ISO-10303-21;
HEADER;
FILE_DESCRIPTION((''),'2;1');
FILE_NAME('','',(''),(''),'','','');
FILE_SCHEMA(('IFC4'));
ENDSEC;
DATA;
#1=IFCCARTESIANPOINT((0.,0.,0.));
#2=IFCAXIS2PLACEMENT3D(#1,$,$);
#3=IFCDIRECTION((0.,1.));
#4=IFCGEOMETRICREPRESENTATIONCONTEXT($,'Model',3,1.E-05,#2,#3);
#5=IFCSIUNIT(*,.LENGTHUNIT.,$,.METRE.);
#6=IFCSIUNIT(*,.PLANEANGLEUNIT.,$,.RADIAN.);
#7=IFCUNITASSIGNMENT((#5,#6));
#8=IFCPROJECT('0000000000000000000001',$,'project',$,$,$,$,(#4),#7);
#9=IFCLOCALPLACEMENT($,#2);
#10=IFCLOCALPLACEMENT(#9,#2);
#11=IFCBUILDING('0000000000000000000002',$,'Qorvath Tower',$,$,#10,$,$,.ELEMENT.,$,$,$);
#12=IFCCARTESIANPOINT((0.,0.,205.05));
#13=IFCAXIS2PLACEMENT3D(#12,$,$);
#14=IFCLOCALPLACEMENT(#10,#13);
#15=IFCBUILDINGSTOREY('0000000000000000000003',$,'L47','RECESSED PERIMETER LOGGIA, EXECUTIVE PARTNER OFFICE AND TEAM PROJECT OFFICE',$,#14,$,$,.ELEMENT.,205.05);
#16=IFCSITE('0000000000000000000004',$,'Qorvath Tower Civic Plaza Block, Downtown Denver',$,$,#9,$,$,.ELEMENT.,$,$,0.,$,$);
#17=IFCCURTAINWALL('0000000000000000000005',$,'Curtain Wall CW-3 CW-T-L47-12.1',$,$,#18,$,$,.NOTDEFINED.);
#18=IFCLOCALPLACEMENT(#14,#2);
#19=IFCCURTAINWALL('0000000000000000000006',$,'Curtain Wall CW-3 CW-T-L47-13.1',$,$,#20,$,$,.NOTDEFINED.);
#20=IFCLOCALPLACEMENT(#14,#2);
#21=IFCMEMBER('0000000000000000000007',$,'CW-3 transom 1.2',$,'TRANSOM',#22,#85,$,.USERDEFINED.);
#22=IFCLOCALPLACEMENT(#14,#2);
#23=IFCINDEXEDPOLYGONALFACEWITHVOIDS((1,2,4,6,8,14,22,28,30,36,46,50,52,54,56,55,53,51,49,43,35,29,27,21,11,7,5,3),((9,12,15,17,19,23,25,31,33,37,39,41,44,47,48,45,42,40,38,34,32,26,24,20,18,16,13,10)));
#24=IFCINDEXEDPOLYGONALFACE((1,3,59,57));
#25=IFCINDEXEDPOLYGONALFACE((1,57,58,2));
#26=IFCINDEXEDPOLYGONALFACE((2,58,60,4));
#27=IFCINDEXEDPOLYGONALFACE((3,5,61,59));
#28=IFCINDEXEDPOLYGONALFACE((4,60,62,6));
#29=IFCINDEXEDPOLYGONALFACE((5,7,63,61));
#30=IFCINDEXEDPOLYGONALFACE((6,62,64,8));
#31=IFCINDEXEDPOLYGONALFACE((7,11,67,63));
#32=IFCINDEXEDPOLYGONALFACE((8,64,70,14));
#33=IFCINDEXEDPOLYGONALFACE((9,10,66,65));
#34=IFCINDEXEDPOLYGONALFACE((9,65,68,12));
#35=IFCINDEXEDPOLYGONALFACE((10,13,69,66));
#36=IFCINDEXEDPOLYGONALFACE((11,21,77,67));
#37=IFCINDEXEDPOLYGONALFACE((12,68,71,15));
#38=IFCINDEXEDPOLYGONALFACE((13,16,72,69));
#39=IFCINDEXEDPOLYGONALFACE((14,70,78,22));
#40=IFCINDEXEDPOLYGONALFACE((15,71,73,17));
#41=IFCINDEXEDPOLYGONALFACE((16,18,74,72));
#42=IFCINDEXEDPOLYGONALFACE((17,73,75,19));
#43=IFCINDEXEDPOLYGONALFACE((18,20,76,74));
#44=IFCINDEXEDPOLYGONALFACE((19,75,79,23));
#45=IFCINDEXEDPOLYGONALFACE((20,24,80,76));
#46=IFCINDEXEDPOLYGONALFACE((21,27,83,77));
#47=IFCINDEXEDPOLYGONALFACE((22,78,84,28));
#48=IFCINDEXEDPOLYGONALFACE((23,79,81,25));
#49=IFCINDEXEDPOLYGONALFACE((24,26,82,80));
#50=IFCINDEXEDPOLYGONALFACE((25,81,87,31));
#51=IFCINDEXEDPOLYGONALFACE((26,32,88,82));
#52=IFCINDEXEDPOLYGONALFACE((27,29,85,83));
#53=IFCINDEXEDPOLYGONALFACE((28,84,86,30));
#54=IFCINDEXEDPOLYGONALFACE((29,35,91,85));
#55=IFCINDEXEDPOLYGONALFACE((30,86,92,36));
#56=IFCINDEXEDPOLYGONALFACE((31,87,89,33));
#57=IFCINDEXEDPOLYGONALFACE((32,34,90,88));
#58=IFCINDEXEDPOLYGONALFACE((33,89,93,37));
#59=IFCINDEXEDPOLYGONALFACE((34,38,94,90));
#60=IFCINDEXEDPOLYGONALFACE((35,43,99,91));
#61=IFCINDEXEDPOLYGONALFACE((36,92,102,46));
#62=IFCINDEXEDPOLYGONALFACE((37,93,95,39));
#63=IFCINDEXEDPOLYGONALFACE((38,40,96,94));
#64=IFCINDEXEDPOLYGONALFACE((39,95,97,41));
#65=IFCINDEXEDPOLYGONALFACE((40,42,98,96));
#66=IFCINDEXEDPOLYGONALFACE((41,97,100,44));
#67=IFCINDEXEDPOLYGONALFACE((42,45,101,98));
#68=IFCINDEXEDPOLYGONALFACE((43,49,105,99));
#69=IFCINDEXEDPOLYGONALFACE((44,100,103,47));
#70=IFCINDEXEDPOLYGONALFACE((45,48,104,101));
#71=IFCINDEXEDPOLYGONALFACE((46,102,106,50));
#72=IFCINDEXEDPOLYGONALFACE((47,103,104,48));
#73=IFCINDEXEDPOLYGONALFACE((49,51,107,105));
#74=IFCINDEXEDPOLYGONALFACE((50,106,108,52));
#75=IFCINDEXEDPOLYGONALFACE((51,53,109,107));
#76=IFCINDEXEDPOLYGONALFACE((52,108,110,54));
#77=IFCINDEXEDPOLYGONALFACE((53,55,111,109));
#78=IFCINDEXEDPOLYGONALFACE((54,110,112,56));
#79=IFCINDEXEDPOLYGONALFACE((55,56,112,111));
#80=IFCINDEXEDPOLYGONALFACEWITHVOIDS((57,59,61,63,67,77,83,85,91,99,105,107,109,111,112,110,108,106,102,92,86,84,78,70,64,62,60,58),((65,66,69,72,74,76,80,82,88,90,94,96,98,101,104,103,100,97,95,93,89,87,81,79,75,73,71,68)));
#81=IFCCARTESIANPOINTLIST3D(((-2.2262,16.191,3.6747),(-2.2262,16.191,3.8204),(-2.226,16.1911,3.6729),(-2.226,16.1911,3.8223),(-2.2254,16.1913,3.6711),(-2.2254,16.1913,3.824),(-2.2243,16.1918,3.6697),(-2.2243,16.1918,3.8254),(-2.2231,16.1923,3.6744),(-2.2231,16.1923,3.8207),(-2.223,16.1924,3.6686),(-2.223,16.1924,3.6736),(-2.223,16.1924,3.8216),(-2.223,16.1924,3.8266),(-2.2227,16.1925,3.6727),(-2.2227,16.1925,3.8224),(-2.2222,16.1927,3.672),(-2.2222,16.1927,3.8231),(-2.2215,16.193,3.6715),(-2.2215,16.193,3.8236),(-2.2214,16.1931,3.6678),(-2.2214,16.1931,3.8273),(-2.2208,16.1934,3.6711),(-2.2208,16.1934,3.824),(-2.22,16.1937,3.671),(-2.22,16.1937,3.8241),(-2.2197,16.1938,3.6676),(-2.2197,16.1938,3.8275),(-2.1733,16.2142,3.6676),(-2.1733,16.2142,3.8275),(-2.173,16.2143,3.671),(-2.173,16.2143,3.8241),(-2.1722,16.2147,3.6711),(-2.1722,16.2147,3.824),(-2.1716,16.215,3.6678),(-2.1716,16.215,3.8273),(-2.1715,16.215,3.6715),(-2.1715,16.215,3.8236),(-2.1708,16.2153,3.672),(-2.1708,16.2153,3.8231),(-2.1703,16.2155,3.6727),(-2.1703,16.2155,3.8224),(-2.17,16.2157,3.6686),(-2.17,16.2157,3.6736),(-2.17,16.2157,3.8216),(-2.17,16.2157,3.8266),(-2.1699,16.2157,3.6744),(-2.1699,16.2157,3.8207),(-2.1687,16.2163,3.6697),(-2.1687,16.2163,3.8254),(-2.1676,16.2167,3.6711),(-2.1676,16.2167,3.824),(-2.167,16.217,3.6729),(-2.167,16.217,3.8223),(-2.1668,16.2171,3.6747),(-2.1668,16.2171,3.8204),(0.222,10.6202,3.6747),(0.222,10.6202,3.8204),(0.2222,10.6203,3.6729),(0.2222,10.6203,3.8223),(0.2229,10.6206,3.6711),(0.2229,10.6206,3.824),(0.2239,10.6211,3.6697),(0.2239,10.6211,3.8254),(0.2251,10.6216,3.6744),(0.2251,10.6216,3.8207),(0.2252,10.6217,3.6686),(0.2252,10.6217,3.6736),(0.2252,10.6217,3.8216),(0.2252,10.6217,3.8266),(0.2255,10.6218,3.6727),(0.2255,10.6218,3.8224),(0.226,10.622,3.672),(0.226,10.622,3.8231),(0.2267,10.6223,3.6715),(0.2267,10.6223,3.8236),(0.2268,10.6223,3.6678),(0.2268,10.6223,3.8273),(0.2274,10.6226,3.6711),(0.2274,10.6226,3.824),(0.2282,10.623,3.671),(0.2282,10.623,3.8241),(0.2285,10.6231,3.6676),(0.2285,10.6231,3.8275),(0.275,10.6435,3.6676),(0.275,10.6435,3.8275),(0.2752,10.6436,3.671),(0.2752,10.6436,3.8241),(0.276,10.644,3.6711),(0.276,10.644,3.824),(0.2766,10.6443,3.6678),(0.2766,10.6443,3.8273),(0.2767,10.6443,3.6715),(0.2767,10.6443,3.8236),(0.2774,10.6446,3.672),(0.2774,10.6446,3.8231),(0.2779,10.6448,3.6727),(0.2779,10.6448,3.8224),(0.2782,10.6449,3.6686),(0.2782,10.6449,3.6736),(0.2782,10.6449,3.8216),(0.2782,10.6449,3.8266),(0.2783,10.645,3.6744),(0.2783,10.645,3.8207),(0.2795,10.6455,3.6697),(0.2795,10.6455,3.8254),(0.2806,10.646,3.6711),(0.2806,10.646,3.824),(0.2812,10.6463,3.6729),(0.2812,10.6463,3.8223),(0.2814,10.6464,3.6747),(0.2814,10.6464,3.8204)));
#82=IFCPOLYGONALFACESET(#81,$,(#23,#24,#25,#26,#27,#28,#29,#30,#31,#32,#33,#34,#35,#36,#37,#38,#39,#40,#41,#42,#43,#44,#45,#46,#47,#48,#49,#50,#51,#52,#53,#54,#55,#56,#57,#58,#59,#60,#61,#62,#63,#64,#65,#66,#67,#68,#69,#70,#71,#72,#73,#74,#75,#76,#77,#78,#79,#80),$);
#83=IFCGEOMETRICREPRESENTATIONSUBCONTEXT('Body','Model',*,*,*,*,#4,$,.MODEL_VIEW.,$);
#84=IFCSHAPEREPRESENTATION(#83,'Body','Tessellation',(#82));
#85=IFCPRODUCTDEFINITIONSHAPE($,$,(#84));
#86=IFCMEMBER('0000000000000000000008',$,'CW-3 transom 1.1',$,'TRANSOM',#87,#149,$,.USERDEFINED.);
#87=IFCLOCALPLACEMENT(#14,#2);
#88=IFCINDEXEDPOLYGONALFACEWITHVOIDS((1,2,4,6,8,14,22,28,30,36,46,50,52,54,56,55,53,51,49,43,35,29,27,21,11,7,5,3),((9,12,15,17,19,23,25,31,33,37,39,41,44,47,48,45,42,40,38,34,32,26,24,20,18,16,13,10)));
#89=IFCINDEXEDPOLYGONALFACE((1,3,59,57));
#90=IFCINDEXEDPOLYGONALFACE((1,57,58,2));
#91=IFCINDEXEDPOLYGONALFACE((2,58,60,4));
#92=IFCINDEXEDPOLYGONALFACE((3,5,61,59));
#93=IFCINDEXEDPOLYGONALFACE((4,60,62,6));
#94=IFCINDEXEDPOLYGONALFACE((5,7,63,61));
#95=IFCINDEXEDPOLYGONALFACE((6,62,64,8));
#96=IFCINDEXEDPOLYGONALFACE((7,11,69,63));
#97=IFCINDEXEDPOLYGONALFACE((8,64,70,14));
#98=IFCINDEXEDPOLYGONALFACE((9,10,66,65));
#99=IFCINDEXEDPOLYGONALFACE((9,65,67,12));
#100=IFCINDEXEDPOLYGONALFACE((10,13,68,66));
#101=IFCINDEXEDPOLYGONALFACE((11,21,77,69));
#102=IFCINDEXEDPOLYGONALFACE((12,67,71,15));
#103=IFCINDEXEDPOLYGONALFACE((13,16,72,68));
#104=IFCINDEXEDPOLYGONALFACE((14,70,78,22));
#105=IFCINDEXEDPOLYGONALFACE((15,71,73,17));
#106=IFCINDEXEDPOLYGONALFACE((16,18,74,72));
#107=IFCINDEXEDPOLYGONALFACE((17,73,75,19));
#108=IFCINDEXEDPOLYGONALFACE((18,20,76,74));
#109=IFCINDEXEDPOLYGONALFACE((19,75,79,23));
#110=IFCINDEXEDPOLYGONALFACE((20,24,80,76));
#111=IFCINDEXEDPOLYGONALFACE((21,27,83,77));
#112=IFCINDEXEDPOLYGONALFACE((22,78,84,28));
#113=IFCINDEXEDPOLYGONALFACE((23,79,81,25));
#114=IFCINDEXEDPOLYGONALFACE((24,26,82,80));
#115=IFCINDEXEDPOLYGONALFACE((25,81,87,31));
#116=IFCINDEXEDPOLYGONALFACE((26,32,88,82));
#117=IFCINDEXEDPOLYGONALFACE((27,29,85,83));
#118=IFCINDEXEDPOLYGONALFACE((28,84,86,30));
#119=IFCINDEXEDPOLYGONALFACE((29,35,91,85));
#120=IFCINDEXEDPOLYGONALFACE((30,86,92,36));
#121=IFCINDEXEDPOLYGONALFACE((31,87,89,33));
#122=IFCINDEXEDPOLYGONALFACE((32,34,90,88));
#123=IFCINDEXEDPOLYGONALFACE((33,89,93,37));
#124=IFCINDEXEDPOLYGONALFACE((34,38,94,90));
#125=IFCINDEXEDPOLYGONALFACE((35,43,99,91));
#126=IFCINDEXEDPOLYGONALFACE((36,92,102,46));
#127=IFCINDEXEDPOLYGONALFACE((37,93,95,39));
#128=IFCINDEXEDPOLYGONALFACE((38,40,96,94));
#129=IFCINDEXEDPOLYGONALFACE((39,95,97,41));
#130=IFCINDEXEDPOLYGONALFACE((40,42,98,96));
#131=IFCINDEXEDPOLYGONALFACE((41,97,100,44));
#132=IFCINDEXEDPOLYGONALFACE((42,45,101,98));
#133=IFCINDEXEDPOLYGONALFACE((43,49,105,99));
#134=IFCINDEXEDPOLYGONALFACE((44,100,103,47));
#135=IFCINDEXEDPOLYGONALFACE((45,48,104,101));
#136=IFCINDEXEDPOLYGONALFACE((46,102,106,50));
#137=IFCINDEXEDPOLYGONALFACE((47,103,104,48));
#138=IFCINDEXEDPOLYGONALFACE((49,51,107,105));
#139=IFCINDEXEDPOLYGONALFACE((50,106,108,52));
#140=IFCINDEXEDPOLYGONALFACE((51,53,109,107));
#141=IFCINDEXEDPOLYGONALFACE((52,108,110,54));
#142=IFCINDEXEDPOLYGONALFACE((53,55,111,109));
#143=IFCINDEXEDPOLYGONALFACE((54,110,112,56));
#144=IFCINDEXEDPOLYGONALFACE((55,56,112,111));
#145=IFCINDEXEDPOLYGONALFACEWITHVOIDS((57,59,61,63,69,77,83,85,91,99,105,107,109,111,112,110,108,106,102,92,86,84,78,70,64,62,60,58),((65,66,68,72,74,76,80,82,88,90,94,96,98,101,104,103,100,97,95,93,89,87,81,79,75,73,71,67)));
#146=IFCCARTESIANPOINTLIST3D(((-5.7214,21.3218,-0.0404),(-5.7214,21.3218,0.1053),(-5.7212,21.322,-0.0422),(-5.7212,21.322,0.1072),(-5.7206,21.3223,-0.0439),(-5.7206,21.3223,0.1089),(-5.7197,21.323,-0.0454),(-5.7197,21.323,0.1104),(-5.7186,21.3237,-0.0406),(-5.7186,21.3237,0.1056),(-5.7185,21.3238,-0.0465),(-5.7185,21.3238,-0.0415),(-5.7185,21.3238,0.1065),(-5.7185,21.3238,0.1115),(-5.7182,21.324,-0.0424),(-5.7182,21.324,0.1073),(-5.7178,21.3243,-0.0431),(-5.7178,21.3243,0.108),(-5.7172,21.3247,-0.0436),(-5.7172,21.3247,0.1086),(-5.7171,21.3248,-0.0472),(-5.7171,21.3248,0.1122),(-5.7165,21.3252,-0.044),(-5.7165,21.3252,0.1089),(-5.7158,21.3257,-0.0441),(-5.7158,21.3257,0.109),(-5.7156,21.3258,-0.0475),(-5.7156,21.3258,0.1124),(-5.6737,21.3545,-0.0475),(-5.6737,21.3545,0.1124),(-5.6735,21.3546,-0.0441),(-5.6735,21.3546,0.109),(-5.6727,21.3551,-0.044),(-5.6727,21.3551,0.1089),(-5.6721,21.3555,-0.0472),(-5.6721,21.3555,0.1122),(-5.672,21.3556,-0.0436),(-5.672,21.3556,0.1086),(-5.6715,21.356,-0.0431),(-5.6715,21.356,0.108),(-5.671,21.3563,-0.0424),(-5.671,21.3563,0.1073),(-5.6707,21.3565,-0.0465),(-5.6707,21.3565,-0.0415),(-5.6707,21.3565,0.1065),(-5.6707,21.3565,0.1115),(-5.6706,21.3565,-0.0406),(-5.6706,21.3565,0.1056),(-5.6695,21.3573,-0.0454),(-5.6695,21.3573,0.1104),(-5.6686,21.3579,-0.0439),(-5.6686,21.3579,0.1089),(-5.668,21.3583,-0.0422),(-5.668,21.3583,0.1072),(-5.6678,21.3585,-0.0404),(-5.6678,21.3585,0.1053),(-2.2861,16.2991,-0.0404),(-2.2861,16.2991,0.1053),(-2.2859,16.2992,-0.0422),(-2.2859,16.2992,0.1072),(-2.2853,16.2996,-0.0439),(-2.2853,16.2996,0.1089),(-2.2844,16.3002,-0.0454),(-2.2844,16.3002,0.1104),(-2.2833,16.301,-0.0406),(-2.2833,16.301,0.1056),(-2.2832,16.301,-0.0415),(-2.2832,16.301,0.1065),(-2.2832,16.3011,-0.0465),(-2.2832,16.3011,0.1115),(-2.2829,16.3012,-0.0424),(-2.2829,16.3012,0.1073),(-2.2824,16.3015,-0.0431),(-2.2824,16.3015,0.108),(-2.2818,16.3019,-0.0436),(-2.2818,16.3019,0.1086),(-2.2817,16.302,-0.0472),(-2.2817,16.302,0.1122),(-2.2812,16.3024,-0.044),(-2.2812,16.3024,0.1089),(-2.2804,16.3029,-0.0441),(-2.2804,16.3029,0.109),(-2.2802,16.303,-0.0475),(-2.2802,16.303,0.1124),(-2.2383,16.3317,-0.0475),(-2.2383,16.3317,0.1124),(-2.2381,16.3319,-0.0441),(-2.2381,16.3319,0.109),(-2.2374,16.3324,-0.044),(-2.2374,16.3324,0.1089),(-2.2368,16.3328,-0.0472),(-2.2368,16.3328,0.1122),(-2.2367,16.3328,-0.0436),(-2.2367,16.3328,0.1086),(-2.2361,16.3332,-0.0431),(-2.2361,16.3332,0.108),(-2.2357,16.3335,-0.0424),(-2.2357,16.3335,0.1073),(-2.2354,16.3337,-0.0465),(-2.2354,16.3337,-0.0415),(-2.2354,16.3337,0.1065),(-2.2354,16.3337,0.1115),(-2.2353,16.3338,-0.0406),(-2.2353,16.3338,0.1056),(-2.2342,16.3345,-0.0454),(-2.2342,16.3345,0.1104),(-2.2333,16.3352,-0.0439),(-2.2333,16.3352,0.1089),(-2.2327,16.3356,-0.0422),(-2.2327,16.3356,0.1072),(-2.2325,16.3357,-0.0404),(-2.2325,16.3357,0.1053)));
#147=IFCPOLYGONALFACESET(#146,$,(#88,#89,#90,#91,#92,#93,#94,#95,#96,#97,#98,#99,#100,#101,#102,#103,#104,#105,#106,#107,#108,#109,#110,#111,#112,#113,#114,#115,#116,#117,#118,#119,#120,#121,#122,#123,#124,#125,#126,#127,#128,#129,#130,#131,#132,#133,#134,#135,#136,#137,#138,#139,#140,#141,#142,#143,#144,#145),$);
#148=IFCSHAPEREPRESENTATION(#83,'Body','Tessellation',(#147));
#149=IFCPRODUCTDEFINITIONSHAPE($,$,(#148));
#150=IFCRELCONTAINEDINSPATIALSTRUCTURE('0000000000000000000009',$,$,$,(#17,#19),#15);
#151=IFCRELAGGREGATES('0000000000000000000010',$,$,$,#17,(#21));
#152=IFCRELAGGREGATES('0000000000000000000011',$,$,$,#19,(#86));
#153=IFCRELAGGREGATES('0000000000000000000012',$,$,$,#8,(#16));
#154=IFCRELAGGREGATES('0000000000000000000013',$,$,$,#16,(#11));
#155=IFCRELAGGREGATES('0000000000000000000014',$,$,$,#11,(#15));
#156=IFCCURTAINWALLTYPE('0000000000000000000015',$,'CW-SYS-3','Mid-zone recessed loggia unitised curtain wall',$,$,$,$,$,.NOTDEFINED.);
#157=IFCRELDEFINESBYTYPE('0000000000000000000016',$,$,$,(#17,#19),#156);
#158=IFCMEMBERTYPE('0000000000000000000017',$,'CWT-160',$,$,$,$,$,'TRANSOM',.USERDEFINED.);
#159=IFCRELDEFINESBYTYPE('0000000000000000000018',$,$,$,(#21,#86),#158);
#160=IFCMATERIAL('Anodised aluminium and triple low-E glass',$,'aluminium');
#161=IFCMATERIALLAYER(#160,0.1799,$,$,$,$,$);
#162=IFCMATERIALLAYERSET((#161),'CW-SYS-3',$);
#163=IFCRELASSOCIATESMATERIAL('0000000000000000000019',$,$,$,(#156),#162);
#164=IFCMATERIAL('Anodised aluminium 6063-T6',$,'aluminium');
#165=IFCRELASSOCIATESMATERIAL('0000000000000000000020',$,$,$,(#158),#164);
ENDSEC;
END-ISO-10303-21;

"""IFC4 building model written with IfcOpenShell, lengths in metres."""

from ifc_helpers import new_model, si_unit, direction, frame, origin, origin_2d, place, context, subcontext, project, spatial, hollow_rectangle, extrude, material, layer, layer_set, material_profile, profile_set, type_object, element, aggregate, save


model = new_model("IFC4")

# Units and contexts
model_context = context("Model", 3, precision=1e-05, world=origin(), true_north=direction((0.0, 1.0)))
body_context = subcontext(model_context, "Body", "Model", "MODEL_VIEW")
ifc_project = project(units=[si_unit("LENGTHUNIT", "METRE"), si_unit("PLANEANGLEUNIT", "RADIAN")], contexts=[model_context])

# Site, building, storey
site_placement = place(None, origin())
site = spatial("IfcSite", under=ifc_project, at=site_placement, Name="Qorvath Tower Civic Plaza Block, Downtown Denver", CompositionType="ELEMENT", RefElevation=0.0)
building_placement = place(site_placement, origin())
building = spatial("IfcBuilding", under=site, at=building_placement, Name="Qorvath Tower", CompositionType="ELEMENT")
storey_placement = place(building_placement, frame((0.0, 0.0, 205.05)))
storey = spatial("IfcBuildingStorey", under=building, at=storey_placement, Name="L47", Description="RECESSED PERIMETER LOGGIA, EXECUTIVE PARTNER OFFICE AND TEAM PROJECT OFFICE", CompositionType="ELEMENT", Elevation=205.05)

# Shared definitions
ifc_material_1 = material(Name="Anodised aluminium and triple low-E glass", Category="aluminium")
ifc_layer_1 = layer(ifc_material_1, 0.1799)
ifc_layer_set_1 = layer_set([ifc_layer_1], Name="CW-SYS-3")
curtain_wall_type = type_object("IfcCurtainWallType", Name="CW-SYS-3", Description="Mid-zone recessed loggia unitised curtain wall", PredefinedType="NOTDEFINED", material=ifc_layer_set_1)

# Curtain walls
curtain_wall_1_placement = place(storey_placement, origin())
curtain_wall_1 = element("IfcCurtainWall", 1, at=curtain_wall_1_placement, inside=storey, type_object=curtain_wall_type, Name="Curtain Wall CW-3 CW-T-L47-12.1", PredefinedType="NOTDEFINED")
curtain_wall_2_placement = place(storey_placement, origin())
curtain_wall_2 = element("IfcCurtainWall", 2, at=curtain_wall_2_placement, inside=storey, type_object=curtain_wall_type, Name="Curtain Wall CW-3 CW-T-L47-13.1", PredefinedType="NOTDEFINED")

# Members
ifc_material_2 = material(Name="Anodised aluminium 6063-T6", Category="aluminium")
ifc_material_profile_1 = material_profile(ifc_material_2, hollow_rectangle(XDim=0.0649, YDim=0.1599, WallThickness=0.0034, InnerFilletRadius=0.0034, OuterFilletRadius=0.0071, at=origin_2d()), Name="CWT 160x65")
ifc_profile_set_1 = profile_set([ifc_material_profile_1], Name="Anodised aluminium 6063-T6")
member_type_1 = type_object("IfcMemberType", Name="CWT-160", ElementType="TRANSOM", PredefinedType="USERDEFINED", material=ifc_profile_set_1)
member_1_placement = place(storey_placement, frame((0.2517, 10.6333, 3.7476), z_axis=(-0.402338, 0.915491, 0.0), x_axis=(-0.915491, -0.402338, 0.0)))
member_1 = element("IfcMember", 3, at=member_1_placement, type_object=member_type_1, Name="CW-3 transom 1.2", ObjectType="TRANSOM", PredefinedType="USERDEFINED", context=body_context, shape_type="SweptSolid", body=[
    extrude(hollow_rectangle(XDim=0.0649, YDim=0.1599, WallThickness=0.0034, InnerFilletRadius=0.0034, OuterFilletRadius=0.0071, at=origin_2d()), origin(), (0.0, 0.0, 1.0), 6.085),
])
member_2_placement = place(storey_placement, frame((-2.2593, 16.3174, 0.0325), z_axis=(-0.56454, 0.825406, 0.0), x_axis=(-0.825406, -0.56454, 0.0)))
member_2 = element("IfcMember", 4, at=member_2_placement, type_object=member_type_1, Name="CW-3 transom 1.1", ObjectType="TRANSOM", PredefinedType="USERDEFINED", context=body_context, shape_type="SweptSolid", body=[
    extrude(hollow_rectangle(XDim=0.0649, YDim=0.1599, WallThickness=0.0034, InnerFilletRadius=0.0034, OuterFilletRadius=0.0071, at=origin_2d()), origin(), (0.0, 0.0, 1.0), 6.0852),
])

aggregate(curtain_wall_1, [member_1])
aggregate(curtain_wall_2, [member_2])

save(model, "model.ifc")
